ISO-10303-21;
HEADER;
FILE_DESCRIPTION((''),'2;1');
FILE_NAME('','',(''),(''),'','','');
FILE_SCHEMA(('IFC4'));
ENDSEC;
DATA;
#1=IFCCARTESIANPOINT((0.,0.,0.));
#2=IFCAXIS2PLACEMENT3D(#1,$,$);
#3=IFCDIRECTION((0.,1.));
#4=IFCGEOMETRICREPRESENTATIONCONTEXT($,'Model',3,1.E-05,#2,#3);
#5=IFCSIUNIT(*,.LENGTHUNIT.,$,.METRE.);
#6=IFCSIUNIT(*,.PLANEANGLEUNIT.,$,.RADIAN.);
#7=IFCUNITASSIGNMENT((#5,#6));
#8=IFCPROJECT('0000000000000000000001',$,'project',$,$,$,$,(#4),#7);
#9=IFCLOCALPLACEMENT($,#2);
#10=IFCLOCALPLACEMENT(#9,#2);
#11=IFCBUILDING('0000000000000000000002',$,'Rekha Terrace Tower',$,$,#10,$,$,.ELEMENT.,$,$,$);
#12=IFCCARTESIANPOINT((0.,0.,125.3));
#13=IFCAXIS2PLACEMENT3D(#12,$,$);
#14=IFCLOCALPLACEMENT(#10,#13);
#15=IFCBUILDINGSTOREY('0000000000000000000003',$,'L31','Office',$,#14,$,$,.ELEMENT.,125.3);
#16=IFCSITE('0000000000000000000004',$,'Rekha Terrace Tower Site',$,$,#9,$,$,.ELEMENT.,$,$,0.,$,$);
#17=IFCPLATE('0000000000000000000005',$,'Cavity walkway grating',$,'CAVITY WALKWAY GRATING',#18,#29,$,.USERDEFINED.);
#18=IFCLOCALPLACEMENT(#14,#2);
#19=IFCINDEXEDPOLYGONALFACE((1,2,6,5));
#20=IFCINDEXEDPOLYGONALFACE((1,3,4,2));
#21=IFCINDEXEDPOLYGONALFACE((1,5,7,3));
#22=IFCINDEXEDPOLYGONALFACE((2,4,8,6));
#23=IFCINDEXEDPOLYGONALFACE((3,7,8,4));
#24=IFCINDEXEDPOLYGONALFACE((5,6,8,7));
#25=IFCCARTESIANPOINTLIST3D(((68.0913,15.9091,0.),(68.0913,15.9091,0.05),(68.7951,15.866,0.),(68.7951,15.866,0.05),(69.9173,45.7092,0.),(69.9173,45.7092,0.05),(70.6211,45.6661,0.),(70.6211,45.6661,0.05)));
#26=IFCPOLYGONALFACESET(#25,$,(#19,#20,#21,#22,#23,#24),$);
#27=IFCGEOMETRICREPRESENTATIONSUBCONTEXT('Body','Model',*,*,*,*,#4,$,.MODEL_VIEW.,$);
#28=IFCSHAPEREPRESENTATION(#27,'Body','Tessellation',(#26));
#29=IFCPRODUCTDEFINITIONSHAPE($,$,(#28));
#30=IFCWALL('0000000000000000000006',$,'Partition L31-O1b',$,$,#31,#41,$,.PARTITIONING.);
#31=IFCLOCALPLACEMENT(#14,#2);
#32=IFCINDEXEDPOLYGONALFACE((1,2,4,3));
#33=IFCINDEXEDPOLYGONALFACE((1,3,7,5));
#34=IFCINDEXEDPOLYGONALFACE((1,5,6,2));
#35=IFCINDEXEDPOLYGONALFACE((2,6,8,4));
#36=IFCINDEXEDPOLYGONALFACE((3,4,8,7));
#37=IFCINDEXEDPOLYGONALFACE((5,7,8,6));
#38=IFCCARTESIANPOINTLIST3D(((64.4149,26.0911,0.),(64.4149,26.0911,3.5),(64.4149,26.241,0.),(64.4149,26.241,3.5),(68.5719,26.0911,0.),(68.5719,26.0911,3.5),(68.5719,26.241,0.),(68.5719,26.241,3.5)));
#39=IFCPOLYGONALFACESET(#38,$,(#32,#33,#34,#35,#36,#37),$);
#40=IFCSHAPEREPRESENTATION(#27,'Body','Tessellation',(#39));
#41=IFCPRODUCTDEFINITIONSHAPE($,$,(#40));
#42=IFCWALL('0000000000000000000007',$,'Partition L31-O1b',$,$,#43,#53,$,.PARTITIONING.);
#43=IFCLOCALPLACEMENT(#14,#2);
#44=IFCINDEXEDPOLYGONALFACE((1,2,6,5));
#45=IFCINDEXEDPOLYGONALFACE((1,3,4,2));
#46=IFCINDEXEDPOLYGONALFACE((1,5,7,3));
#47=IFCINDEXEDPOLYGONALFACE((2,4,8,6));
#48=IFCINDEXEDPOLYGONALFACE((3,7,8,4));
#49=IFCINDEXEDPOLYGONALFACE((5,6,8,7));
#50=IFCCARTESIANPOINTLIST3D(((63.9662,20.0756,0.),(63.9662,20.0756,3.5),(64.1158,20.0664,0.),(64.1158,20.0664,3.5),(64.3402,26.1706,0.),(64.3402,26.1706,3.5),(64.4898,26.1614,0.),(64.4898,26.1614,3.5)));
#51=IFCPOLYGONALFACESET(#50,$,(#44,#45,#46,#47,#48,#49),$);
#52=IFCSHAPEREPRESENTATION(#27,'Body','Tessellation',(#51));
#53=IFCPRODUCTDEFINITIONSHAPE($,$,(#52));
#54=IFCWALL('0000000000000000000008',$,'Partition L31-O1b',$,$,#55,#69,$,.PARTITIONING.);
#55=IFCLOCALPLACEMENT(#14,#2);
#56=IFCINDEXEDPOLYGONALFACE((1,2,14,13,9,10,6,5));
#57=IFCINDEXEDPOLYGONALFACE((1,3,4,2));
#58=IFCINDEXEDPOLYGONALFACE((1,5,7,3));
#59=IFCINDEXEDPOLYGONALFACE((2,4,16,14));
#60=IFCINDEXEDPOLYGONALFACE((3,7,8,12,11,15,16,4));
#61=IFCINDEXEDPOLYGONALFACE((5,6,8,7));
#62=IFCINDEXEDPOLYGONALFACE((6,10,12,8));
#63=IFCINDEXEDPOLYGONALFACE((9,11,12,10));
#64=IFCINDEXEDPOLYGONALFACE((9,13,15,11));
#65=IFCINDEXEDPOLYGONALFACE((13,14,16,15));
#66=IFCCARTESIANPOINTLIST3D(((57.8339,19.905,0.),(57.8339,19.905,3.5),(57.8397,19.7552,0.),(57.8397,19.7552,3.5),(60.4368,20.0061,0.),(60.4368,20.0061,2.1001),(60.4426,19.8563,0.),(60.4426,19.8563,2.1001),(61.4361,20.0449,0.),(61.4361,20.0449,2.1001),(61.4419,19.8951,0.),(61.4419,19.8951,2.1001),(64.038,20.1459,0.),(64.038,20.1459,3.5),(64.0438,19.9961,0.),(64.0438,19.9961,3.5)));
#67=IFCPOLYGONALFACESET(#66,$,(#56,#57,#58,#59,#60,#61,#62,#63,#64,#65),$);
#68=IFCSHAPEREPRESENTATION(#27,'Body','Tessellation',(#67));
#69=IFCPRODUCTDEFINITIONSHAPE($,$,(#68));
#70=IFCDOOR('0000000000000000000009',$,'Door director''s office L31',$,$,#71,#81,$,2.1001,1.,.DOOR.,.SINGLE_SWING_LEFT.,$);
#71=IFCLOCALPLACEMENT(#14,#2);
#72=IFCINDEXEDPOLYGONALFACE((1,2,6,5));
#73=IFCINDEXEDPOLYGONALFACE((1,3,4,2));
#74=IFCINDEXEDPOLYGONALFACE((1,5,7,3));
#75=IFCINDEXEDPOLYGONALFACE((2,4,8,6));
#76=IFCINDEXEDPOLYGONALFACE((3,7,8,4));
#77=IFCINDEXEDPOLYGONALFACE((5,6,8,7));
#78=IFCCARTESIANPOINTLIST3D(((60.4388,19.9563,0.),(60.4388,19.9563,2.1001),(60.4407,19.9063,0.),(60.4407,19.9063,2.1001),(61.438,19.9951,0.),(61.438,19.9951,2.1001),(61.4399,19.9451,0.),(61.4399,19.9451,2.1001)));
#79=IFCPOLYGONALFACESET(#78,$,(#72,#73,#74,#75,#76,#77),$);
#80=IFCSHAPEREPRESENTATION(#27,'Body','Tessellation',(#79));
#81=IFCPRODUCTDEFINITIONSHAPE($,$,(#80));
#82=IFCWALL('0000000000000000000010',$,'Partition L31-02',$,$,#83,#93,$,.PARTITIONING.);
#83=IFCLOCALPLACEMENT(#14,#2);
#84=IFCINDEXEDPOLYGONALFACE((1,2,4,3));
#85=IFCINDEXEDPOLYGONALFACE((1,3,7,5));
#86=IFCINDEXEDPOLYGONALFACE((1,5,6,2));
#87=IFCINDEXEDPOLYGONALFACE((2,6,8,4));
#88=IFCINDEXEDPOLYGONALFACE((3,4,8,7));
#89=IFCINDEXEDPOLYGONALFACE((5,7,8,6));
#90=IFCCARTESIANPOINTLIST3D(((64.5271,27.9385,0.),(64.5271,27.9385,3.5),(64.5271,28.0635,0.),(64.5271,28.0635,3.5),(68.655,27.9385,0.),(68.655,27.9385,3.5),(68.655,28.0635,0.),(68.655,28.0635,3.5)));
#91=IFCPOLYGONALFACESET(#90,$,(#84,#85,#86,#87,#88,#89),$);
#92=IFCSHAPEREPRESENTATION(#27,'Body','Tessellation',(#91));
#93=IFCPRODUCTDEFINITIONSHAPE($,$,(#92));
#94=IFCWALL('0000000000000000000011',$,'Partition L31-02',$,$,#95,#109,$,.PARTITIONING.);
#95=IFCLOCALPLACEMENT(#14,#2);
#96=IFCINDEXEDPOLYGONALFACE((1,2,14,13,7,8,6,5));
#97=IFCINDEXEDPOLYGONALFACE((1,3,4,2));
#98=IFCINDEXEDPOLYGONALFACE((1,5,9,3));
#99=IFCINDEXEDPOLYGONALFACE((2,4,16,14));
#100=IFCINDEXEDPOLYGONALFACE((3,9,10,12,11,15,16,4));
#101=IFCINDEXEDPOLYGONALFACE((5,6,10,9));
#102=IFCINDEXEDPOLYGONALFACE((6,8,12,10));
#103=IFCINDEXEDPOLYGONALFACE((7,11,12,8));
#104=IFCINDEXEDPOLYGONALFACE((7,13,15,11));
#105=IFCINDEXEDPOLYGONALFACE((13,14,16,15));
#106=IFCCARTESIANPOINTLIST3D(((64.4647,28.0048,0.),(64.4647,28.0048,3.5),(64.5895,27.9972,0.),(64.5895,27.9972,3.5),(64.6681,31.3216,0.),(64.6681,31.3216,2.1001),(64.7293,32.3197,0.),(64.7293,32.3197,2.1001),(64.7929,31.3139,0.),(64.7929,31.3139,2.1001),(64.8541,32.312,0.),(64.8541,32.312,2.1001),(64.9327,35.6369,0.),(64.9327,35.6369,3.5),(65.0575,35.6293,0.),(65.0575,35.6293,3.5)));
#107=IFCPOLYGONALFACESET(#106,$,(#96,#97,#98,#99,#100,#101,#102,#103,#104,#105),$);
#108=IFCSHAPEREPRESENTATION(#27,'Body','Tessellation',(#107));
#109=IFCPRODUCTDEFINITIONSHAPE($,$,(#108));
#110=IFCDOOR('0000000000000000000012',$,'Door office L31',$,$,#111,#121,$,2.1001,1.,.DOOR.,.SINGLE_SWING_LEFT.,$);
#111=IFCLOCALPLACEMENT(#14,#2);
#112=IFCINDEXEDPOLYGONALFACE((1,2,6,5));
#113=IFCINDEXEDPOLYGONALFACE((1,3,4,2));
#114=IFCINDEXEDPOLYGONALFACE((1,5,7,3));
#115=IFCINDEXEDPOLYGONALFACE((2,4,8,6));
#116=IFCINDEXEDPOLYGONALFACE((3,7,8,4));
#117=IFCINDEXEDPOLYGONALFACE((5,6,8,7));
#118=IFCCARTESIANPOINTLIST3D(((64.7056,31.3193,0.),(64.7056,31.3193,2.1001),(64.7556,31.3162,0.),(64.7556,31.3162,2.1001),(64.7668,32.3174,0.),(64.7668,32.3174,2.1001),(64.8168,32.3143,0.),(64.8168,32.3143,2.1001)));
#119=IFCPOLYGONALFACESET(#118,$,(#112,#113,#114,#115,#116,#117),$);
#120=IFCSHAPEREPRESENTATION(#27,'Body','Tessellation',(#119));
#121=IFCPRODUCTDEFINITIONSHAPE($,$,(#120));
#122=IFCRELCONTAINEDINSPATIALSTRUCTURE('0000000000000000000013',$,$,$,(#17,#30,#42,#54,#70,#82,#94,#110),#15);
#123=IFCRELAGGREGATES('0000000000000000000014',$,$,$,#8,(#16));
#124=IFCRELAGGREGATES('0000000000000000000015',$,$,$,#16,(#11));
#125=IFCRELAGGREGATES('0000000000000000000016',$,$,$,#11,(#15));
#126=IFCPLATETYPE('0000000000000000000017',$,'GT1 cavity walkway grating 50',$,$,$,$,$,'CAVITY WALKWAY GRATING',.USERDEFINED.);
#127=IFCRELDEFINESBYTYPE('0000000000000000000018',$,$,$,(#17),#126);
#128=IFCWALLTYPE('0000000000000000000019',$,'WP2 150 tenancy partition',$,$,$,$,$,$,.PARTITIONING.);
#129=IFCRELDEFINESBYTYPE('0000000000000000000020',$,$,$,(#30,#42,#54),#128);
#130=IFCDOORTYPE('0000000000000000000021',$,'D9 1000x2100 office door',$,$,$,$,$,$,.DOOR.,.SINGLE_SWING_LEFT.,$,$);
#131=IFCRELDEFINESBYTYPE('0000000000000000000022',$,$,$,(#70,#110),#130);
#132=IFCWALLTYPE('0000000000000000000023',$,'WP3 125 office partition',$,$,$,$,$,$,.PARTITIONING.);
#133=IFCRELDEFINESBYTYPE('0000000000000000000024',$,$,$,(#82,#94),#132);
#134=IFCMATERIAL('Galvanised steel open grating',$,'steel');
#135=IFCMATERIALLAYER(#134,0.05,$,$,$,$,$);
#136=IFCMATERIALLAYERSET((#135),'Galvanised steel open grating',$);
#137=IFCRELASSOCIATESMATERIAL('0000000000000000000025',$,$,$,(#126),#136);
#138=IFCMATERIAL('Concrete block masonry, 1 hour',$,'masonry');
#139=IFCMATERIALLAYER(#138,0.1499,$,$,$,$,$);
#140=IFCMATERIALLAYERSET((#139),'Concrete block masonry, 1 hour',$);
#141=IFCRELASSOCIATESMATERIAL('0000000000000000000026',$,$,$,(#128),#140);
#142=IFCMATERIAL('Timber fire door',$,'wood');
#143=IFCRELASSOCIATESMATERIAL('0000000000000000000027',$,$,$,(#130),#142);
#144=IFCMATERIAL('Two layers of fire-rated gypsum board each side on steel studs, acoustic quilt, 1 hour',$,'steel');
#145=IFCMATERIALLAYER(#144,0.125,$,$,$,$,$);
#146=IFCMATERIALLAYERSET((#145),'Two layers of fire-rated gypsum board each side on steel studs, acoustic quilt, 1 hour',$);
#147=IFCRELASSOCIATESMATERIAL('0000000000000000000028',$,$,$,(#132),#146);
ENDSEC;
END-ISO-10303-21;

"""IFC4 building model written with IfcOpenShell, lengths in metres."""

from ifc_helpers import new_model, si_unit, direction, frame, frame_2d, origin, origin_2d, place, context, subcontext, project, spatial, rectangle, extrude, material, layer, layer_set, type_object, element, fill, save


model = new_model("IFC4")

# Units and contexts
model_context = context("Model", 3, precision=1e-05, world=origin(), true_north=direction((0.0, 1.0)))
body_context = subcontext(model_context, "Body", "Model", "MODEL_VIEW")
ifc_project = project(units=[si_unit("LENGTHUNIT", "METRE"), si_unit("PLANEANGLEUNIT", "RADIAN")], contexts=[model_context])

# Site, building, storey
site_placement = place(None, origin())
site = spatial("IfcSite", under=ifc_project, at=site_placement, Name="Rekha Terrace Tower Site", CompositionType="ELEMENT", RefElevation=0.0)
building_placement = place(site_placement, origin())
building = spatial("IfcBuilding", under=site, at=building_placement, Name="Rekha Terrace Tower", CompositionType="ELEMENT")
storey_placement = place(building_placement, frame((0.0, 0.0, 125.3)))
storey = spatial("IfcBuildingStorey", under=building, at=storey_placement, Name="L31", Description="Office", CompositionType="ELEMENT", Elevation=125.3)

# Plate
ifc_material_1 = material(Name="Galvanised steel open grating", Category="steel")
ifc_layer_1 = layer(ifc_material_1, 0.05)
ifc_layer_set_1 = layer_set([ifc_layer_1], Name="Galvanised steel open grating")
plate_type_1 = type_object("IfcPlateType", Name="GT1 cavity walkway grating 50", ElementType="CAVITY WALKWAY GRATING", PredefinedType="USERDEFINED", material=ifc_layer_set_1)
plate_1_placement = place(storey_placement, frame((69.3562, 30.7876, 0.0), z_axis=(0.0, 0.0, 1.0), x_axis=(0.06116, 0.998128, 0.0)))
element("IfcPlate", 1, at=plate_1_placement, inside=storey, type_object=plate_type_1, Name="Cavity walkway grating", ObjectType="CAVITY WALKWAY GRATING", PredefinedType="USERDEFINED", context=body_context, shape_type="SweptSolid", body=[
    extrude(rectangle(XDim=29.856, YDim=0.7051, at=origin_2d()), origin(), (0.0, 0.0, 1.0), 0.05),
])

# Walls
ifc_material_2 = material(Name="Concrete block masonry, 1 hour", Category="masonry")
ifc_layer_2 = layer(ifc_material_2, 0.1499)
ifc_layer_set_2 = layer_set([ifc_layer_2], Name="Concrete block masonry, 1 hour")
wall_type_1 = type_object("IfcWallType", Name="WP2 150 tenancy partition", PredefinedType="PARTITIONING", material=ifc_layer_set_2)
wall_1_placement = place(storey_placement, frame((68.572, 26.166, 0.0), z_axis=(0.0, 0.0, 1.0), x_axis=(-1.0, 0.0, 0.0)))
element("IfcWall", 2, at=wall_1_placement, inside=storey, type_object=wall_type_1, Name="Partition L31-O1b", PredefinedType="PARTITIONING", context=body_context, shape_type="SweptSolid", body=[
    extrude(rectangle(XDim=4.157, YDim=0.1499, at=frame_2d((2.0786, 0.0))), origin(), (0.0, 0.0, 1.0), 3.5),
])
wall_2_placement = place(storey_placement, frame((64.415, 26.166, 0.0), z_axis=(0.0, 0.0, 1.0), x_axis=(-0.061251, -0.998122, 0.0)))
element("IfcWall", 3, at=wall_2_placement, inside=storey, type_object=wall_type_1, Name="Partition L31-O1b", PredefinedType="PARTITIONING", context=body_context, shape_type="SweptSolid", body=[
    extrude(rectangle(XDim=6.1064, YDim=0.1499, at=frame_2d((3.0532, 0.0))), origin(), (0.0, 0.0, 1.0), 3.5),
])

# Wall, opening, door
wall_3_placement = place(storey_placement, frame((64.041, 20.071, 0.0), z_axis=(0.0, 0.0, 1.0), x_axis=(-0.999247, -0.038811, 0.0)))
wall_3 = element("IfcWall", 4, at=wall_3_placement, inside=storey, type_object=wall_type_1, Name="Partition L31-O1b", PredefinedType="PARTITIONING", context=body_context, shape_type="SweptSolid", body=[
    extrude(rectangle(XDim=6.2087, YDim=0.1499, at=frame_2d((3.1045, 0.0))), origin(), (0.0, 0.0, 1.0), 3.5),
])
opening_1_placement = place(wall_3_placement, frame((2.604, 0.0, 0.0)))
opening_1 = element("IfcOpeningElement", 5, at=opening_1_placement, cuts=wall_3, PredefinedType="OPENING", context=body_context, shape_type="SweptSolid", body=[
    extrude(rectangle(XDim=1.0, YDim=2.1001, at=frame_2d((0.5, 1.05))), frame((0.0, 0.085, 0.0), z_axis=(0.0, -1.0, 0.0), x_axis=(1.0, 0.0, 0.0)), (0.0, 0.0, 1.0), 0.1699),
])
ifc_material_3 = material(Name="Timber fire door", Category="wood")
door_type = type_object("IfcDoorType", Name="D9 1000x2100 office door", OperationType="SINGLE_SWING_LEFT", PredefinedType="DOOR", material=ifc_material_3)
door_1_placement = place(opening_1_placement, origin())
door_1 = element("IfcDoor", 6, at=door_1_placement, inside=storey, type_object=door_type, Name="Door director's office L31", OperationType="SINGLE_SWING_LEFT", OverallHeight=2.1001, OverallWidth=1.0, PredefinedType="DOOR", context=body_context, shape_type="SweptSolid", body=[
    extrude(rectangle(XDim=1.0, YDim=2.1001, at=frame_2d((0.5, 1.05))), frame((0.0, 0.0249, 0.0), z_axis=(0.0, -1.0, 0.0), x_axis=(1.0, 0.0, 0.0)), (0.0, 0.0, 1.0), 0.05),
])
fill(opening_1, door_1)

# Wall
ifc_material_4 = material(Name="Two layers of fire-rated gypsum board each side on steel studs, acoustic quilt, 1 hour", Category="steel")
ifc_layer_3 = layer(ifc_material_4, 0.125)
ifc_layer_set_3 = layer_set([ifc_layer_3], Name="Two layers of fire-rated gypsum board each side on steel studs, acoustic quilt, 1 hour")
wall_type_2 = type_object("IfcWallType", Name="WP3 125 office partition", PredefinedType="PARTITIONING", material=ifc_layer_set_3)
wall_4_placement = place(storey_placement, frame((68.655, 28.001, 0.0), z_axis=(0.0, 0.0, 1.0), x_axis=(-1.0, 0.0, 0.0)))
element("IfcWall", 7, at=wall_4_placement, inside=storey, type_object=wall_type_2, Name="Partition L31-02", PredefinedType="PARTITIONING", context=body_context, shape_type="SweptSolid", body=[
    extrude(rectangle(XDim=4.1279, YDim=0.125, at=frame_2d((2.064, 0.0))), origin(), (0.0, 0.0, 1.0), 3.5),
])

# Wall, opening, door
wall_5_placement = place(storey_placement, frame((64.5271, 28.001, 0.0), z_axis=(0.0, 0.0, 1.0), x_axis=(0.061207, 0.998125, 0.0)))
wall_5 = element("IfcWall", 8, at=wall_5_placement, inside=storey, type_object=wall_type_2, Name="Partition L31-02", PredefinedType="PARTITIONING", context=body_context, shape_type="SweptSolid", body=[
    extrude(rectangle(XDim=7.6465, YDim=0.125, at=frame_2d((3.8232, 0.0))), origin(), (0.0, 0.0, 1.0), 3.5),
])
opening_2_placement = place(wall_5_placement, frame((3.323, 0.0, 0.0)))
opening_2 = element("IfcOpeningElement", 9, at=opening_2_placement, cuts=wall_5, PredefinedType="OPENING", context=body_context, shape_type="SweptSolid", body=[
    extrude(rectangle(XDim=1.0, YDim=2.1001, at=frame_2d((0.5, 1.05))), frame((0.0, 0.0725, 0.0), z_axis=(0.0, -1.0, 0.0), x_axis=(1.0, 0.0, 0.0)), (0.0, 0.0, 1.0), 0.145),
])
door_2_placement = place(opening_2_placement, origin())
door_2 = element("IfcDoor", 10, at=door_2_placement, inside=storey, type_object=door_type, Name="Door office L31", OperationType="SINGLE_SWING_LEFT", OverallHeight=2.1001, OverallWidth=1.0, PredefinedType="DOOR", context=body_context, shape_type="SweptSolid", body=[
    extrude(rectangle(XDim=1.0, YDim=2.1001, at=frame_2d((0.5, 1.05))), frame((0.0, 0.0249, 0.0), z_axis=(0.0, -1.0, 0.0), x_axis=(1.0, 0.0, 0.0)), (0.0, 0.0, 1.0), 0.05),
])
fill(opening_2, door_2)

save(model, "model.ifc")
